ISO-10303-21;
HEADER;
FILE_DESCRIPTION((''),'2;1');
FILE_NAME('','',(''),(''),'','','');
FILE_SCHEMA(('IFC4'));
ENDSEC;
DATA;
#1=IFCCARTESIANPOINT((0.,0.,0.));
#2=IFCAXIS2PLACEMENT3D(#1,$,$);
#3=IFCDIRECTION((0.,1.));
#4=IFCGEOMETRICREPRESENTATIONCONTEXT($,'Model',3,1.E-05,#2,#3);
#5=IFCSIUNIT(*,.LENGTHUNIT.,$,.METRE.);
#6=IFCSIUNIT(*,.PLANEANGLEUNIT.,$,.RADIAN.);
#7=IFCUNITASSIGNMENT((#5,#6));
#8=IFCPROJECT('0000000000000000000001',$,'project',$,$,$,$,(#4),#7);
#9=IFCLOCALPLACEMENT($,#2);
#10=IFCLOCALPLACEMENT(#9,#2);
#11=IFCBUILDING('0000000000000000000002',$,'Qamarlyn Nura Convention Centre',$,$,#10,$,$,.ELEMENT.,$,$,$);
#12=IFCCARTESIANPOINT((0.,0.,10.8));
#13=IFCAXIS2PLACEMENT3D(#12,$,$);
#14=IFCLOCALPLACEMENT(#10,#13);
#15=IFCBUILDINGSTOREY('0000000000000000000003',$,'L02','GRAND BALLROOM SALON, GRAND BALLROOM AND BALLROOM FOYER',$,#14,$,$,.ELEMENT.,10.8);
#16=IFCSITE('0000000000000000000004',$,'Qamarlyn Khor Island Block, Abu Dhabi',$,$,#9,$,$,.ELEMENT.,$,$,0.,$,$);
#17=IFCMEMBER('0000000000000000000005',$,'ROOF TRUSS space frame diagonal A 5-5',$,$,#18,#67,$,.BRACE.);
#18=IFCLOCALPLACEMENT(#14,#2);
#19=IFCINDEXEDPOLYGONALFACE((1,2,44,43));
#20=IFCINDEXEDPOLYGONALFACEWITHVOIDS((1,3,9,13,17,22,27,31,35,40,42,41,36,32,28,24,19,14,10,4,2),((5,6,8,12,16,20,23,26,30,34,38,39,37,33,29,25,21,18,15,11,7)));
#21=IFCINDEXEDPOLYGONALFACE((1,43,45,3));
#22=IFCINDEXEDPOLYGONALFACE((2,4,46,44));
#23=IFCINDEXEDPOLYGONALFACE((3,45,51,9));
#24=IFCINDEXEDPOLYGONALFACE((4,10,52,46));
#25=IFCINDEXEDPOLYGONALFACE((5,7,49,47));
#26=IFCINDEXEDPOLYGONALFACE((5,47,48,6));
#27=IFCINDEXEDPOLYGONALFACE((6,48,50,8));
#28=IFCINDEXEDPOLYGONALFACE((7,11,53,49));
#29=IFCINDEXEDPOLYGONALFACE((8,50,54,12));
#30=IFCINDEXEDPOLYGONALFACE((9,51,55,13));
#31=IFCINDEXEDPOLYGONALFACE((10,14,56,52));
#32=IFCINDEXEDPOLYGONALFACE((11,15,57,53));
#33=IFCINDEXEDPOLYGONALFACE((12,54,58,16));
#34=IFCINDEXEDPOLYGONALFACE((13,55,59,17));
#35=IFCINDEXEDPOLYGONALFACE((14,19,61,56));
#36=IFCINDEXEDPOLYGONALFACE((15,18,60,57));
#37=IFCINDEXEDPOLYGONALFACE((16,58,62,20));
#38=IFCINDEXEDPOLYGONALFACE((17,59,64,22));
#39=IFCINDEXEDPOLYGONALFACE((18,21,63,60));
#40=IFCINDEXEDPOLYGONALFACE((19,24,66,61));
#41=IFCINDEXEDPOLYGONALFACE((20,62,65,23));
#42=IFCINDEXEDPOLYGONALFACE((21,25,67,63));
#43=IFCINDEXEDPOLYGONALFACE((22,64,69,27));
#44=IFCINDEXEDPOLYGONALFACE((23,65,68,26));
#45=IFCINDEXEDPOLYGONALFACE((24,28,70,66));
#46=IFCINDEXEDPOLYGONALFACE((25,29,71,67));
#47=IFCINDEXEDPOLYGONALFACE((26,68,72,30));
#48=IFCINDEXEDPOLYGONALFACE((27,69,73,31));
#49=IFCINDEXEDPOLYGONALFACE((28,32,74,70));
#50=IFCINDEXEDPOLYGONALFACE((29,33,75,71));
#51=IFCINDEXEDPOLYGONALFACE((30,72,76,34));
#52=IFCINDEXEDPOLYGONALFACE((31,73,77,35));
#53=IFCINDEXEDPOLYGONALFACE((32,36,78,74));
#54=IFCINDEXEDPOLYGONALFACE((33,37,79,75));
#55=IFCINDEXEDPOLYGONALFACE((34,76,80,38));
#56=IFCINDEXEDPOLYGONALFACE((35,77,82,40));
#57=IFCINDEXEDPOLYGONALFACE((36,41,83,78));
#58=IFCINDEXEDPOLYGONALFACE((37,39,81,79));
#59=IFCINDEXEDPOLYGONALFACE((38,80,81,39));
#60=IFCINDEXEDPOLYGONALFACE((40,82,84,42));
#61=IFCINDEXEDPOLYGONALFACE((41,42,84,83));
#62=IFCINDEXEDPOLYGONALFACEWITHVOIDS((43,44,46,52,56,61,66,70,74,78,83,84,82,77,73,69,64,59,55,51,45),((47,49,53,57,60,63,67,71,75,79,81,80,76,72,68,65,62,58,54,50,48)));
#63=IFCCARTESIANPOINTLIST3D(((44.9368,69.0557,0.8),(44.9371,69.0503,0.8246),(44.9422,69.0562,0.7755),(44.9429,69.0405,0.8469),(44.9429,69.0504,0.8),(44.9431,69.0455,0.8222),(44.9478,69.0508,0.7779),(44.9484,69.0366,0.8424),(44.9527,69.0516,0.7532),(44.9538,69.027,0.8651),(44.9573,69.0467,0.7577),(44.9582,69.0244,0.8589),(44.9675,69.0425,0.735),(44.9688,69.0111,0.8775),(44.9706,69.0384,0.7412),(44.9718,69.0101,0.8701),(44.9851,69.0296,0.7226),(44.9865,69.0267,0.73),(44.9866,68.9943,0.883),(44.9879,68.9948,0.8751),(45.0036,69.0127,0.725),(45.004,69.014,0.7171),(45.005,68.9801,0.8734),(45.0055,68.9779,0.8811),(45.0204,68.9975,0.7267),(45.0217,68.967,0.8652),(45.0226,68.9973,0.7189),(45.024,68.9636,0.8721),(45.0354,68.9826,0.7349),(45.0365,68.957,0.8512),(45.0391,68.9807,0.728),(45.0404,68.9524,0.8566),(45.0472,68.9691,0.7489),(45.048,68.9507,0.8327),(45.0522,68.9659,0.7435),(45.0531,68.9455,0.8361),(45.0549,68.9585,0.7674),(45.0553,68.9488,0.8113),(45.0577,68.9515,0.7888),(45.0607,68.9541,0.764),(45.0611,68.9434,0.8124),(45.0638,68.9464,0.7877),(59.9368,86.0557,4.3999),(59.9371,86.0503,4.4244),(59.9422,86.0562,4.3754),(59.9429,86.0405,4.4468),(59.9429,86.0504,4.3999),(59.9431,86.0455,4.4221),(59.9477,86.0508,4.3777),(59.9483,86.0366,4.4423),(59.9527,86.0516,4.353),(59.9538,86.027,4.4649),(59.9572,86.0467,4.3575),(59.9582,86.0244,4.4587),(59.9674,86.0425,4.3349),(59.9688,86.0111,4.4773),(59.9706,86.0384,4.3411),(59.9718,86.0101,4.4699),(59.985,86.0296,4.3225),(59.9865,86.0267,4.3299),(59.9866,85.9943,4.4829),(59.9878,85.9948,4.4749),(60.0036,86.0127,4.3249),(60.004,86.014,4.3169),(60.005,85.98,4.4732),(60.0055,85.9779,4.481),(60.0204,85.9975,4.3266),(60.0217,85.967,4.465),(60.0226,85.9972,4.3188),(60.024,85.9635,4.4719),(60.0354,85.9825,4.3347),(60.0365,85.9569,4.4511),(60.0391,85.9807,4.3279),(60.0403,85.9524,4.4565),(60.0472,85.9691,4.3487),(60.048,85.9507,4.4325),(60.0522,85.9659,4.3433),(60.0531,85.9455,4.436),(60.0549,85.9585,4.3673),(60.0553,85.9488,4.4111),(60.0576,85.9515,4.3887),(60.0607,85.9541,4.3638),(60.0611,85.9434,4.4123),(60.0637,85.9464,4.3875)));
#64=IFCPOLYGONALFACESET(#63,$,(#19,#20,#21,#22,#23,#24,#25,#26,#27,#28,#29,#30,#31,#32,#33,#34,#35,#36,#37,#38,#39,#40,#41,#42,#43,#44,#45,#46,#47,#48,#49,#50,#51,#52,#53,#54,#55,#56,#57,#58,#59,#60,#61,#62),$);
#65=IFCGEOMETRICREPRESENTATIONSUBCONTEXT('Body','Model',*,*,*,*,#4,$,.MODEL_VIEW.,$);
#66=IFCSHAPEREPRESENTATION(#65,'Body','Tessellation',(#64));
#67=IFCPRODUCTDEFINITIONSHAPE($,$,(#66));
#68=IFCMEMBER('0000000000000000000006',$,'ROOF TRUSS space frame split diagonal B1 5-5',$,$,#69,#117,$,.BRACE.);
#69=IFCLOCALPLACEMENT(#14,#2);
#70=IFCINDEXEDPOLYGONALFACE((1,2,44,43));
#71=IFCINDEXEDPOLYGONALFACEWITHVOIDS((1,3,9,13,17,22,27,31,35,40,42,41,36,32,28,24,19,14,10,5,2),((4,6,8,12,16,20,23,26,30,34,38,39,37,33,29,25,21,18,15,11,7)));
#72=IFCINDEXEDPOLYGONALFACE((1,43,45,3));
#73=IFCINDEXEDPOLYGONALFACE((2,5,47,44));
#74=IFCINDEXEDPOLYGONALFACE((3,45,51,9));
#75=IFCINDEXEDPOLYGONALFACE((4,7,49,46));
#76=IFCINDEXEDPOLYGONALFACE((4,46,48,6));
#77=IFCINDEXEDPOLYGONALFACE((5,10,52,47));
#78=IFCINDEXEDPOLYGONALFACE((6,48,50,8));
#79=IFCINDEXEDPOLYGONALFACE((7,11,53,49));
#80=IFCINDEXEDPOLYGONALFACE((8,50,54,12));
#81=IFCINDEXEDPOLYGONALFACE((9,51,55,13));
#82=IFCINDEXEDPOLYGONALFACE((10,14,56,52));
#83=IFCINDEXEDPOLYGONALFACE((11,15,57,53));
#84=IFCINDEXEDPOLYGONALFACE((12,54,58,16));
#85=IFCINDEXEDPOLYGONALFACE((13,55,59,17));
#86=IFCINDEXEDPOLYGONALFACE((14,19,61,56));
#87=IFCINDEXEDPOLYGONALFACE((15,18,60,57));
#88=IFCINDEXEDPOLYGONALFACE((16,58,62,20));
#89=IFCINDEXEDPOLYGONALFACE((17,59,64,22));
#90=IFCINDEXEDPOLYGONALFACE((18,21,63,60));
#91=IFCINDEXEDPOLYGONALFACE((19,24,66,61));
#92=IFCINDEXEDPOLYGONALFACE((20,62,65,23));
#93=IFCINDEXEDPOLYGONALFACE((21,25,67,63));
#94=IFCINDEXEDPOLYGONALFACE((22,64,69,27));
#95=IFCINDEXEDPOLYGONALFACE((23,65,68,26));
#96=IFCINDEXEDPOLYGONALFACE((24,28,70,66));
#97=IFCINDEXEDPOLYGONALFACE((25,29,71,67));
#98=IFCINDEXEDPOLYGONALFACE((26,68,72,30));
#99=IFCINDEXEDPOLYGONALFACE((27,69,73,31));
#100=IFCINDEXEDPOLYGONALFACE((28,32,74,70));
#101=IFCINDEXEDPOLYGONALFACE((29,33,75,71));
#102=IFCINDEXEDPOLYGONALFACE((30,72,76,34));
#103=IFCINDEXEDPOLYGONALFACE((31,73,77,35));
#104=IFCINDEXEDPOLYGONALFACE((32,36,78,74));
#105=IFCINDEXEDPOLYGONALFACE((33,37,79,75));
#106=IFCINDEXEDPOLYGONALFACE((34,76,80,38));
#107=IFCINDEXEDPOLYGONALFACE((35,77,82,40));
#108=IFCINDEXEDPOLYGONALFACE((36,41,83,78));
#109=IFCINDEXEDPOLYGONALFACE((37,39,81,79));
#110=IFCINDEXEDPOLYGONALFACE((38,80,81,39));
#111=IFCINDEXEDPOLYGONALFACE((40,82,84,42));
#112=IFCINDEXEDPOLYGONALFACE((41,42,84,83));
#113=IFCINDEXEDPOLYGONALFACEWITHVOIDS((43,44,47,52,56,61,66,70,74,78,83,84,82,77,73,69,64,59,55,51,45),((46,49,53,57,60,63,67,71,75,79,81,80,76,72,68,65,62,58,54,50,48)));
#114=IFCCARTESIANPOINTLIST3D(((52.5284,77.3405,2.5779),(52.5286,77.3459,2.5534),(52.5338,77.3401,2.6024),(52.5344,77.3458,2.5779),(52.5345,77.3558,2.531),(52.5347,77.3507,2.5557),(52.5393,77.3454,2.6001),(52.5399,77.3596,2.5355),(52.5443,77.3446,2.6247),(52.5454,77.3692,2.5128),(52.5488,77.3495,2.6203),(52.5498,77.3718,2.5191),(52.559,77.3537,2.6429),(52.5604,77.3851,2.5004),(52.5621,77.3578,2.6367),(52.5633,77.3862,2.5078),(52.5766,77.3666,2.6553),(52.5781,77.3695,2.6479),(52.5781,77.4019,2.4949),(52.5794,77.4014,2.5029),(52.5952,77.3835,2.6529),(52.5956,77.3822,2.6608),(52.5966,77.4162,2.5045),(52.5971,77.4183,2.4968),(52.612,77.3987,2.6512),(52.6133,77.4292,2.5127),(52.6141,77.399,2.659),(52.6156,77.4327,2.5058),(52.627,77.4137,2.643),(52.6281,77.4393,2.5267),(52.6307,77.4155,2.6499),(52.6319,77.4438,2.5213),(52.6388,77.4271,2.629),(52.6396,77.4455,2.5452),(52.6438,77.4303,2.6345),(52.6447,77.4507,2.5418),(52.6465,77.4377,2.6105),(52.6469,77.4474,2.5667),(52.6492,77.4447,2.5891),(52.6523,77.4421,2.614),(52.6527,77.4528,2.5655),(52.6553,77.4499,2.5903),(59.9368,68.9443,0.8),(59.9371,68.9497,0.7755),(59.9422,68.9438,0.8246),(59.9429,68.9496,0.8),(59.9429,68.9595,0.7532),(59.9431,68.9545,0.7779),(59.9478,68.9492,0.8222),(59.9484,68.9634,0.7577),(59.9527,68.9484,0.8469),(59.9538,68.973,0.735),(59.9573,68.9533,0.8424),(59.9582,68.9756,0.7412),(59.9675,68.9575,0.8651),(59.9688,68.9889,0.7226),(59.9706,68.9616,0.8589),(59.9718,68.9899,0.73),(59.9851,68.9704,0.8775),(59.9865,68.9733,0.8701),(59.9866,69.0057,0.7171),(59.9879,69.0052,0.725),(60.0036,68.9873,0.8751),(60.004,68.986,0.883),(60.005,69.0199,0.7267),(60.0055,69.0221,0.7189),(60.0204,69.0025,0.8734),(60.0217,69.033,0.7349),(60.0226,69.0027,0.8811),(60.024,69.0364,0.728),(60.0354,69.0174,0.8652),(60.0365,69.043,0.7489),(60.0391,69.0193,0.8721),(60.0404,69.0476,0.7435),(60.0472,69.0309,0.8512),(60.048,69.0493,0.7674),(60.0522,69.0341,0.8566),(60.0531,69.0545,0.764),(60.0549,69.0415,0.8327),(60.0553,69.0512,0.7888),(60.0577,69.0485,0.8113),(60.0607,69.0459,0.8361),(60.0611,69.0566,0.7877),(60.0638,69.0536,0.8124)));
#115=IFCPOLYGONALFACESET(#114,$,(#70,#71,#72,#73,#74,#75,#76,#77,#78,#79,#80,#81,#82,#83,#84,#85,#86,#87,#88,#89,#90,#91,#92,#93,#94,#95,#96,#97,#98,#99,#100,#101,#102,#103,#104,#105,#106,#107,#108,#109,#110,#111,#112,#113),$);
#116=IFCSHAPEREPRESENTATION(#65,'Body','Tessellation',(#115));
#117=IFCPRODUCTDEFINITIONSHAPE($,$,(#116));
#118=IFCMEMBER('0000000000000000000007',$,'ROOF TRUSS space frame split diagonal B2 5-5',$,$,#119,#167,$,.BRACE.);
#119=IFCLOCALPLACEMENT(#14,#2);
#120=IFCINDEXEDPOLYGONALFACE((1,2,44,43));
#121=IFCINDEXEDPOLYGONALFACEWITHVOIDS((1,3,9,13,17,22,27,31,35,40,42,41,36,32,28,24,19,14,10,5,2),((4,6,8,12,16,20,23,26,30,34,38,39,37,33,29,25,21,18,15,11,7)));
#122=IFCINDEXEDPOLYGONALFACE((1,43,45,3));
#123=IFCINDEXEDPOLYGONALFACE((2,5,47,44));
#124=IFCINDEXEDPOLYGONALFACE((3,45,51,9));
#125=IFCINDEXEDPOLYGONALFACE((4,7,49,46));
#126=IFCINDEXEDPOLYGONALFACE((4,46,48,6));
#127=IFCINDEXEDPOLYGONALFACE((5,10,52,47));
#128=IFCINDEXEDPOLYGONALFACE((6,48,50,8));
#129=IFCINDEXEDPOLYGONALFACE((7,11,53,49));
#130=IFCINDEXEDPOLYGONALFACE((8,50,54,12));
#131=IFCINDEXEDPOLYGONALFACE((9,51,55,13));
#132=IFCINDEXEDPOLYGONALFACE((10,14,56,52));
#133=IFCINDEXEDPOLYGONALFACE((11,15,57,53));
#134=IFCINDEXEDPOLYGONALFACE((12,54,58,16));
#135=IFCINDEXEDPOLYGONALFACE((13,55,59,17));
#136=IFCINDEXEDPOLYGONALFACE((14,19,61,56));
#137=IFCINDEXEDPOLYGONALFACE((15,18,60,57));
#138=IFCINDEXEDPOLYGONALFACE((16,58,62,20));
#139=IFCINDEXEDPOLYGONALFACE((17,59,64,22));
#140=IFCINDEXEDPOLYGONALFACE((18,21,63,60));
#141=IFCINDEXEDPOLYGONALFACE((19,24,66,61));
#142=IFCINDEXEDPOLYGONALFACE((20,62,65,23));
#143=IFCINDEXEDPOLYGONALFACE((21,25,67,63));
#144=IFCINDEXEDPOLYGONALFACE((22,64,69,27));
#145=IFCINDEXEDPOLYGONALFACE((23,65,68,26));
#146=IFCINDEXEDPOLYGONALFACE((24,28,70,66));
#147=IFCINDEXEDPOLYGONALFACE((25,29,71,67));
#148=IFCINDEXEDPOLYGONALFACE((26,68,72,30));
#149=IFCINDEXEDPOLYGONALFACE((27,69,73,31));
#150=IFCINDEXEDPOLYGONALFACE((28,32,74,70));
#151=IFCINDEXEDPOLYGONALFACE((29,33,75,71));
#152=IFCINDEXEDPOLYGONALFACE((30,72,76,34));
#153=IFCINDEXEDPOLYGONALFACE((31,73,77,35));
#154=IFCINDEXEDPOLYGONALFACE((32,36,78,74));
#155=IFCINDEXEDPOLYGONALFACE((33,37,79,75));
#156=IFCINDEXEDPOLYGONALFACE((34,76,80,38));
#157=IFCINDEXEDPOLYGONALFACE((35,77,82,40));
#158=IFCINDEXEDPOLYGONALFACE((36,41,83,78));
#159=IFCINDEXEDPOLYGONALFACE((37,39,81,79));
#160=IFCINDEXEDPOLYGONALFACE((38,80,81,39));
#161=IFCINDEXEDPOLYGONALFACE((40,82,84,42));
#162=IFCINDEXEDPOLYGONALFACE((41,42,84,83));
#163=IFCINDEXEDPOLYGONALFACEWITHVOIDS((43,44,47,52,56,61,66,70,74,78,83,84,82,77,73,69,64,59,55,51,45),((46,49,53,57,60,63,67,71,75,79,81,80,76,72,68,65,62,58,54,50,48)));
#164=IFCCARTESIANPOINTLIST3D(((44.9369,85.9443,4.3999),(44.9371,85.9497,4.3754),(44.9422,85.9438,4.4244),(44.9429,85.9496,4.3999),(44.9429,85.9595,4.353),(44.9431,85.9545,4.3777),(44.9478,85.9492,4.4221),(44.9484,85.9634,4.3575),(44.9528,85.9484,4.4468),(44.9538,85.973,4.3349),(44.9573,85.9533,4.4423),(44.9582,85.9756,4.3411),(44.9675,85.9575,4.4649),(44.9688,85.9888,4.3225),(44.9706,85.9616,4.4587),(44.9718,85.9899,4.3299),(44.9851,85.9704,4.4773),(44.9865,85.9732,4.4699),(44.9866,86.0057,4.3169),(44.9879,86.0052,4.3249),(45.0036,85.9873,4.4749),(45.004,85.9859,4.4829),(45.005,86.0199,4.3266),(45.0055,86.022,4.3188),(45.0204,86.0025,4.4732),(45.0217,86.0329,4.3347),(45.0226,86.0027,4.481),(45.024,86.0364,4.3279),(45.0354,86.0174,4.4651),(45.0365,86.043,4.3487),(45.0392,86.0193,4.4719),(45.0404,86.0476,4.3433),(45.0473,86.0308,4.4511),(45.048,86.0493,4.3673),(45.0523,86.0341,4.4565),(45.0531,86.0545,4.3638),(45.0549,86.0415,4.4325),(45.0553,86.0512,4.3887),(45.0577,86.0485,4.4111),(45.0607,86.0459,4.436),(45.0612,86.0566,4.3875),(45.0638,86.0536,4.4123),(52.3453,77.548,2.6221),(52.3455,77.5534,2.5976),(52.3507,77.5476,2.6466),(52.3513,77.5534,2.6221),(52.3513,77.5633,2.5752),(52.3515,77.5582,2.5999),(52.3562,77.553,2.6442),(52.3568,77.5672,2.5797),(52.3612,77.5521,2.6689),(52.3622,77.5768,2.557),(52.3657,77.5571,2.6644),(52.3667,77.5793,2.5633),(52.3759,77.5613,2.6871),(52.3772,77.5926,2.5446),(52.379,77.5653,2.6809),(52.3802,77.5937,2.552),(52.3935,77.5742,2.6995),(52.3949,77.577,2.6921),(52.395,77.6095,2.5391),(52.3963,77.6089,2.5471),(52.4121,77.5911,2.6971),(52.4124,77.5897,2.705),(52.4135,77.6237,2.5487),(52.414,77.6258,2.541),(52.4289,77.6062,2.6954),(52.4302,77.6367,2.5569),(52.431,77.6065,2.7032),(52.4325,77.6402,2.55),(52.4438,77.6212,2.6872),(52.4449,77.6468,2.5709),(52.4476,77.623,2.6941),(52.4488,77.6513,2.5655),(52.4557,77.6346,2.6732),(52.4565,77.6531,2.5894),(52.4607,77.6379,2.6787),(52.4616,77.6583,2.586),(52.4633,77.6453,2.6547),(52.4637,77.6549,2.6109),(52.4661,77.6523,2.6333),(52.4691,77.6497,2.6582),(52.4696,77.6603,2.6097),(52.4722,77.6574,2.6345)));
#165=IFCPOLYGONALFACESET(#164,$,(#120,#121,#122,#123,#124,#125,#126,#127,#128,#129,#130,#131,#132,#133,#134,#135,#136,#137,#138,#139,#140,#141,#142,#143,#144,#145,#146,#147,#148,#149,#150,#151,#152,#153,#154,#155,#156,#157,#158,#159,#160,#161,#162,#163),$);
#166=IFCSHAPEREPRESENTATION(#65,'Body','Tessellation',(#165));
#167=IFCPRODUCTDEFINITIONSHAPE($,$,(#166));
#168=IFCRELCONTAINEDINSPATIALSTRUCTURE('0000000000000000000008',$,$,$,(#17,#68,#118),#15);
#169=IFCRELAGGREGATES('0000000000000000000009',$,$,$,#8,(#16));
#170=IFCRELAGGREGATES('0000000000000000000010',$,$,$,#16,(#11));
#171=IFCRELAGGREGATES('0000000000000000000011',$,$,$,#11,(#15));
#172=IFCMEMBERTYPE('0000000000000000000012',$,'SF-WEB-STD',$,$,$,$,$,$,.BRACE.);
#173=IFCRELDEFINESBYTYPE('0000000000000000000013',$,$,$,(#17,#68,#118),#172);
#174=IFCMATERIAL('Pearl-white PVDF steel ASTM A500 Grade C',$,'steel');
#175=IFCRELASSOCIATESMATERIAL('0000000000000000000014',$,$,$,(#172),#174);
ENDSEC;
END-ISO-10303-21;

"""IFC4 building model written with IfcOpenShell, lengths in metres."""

from ifc_helpers import new_model, si_unit, direction, frame, origin, origin_2d, place, context, subcontext, project, spatial, hollow_circle, extrude, material, material_profile, profile_set, type_object, element, save


model = new_model("IFC4")

# Units and contexts
model_context = context("Model", 3, precision=1e-05, world=origin(), true_north=direction((0.0, 1.0)))
body_context = subcontext(model_context, "Body", "Model", "MODEL_VIEW")
ifc_project = project(units=[si_unit("LENGTHUNIT", "METRE"), si_unit("PLANEANGLEUNIT", "RADIAN")], contexts=[model_context])

# Site, building, storey
site_placement = place(None, origin())
site = spatial("IfcSite", under=ifc_project, at=site_placement, Name="Qamarlyn Khor Island Block, Abu Dhabi", CompositionType="ELEMENT", RefElevation=0.0)
building_placement = place(site_placement, origin())
building = spatial("IfcBuilding", under=site, at=building_placement, Name="Qamarlyn Nura Convention Centre", CompositionType="ELEMENT")
storey_placement = place(building_placement, frame((0.0, 0.0, 10.8)))
storey = spatial("IfcBuildingStorey", under=building, at=storey_placement, Name="L02", Description="GRAND BALLROOM SALON, GRAND BALLROOM AND BALLROOM FOYER", CompositionType="ELEMENT", Elevation=10.8)

# Members
ifc_material_1 = material(Name="Pearl-white PVDF steel ASTM A500 Grade C", Category="steel")
ifc_material_profile_1 = material_profile(ifc_material_1, hollow_circle(Radius=0.0842, WallThickness=0.0081, at=origin_2d()), Name="CHS168.3X8")
ifc_profile_set_1 = profile_set([ifc_material_profile_1], Name="Pearl-white PVDF steel ASTM A500 Grade C")
member_type_1 = type_object("IfcMemberType", Name="SF-WEB-STD", PredefinedType="BRACE", material=ifc_profile_set_1)
member_1_placement = place(storey_placement, frame((45.0, 69.0, 0.8), z_axis=(0.653436, 0.74056, 0.156818), x_axis=(-0.749838, 0.661622, 0.0)))
element("IfcMember", 1, at=member_1_placement, inside=storey, type_object=member_type_1, Name="ROOF TRUSS space frame diagonal A 5-5", PredefinedType="BRACE", context=body_context, shape_type="SweptSolid", body=[
    extrude(hollow_circle(Radius=0.0842, WallThickness=0.0081, at=origin_2d()), origin(), (0.0, 0.0, 1.0), 22.9556),
])
for number, where, z_axis, x_axis, name in (
    (2, (60.0, 69.0, 0.8), (-0.653437, 0.740562, 0.156808), (-0.749838, -0.661622, 0.0), "ROOF TRUSS space frame split diagonal B1 5-5"),
    (3, (52.4084, 77.6038, 2.6221), (-0.653437, 0.740562, 0.156808), (-0.749838, -0.661622, 0.0), "ROOF TRUSS space frame split diagonal B2 5-5"),
):
    element("IfcMember", number, at=place(storey_placement, frame(where, z_axis=z_axis, x_axis=x_axis)), inside=storey, type_object=member_type_1, Name=name, PredefinedType="BRACE", context=body_context, shape_type="SweptSolid", body=[
        extrude(hollow_circle(Radius=0.0842, WallThickness=0.0081, at=origin_2d()), origin(), (0.0, 0.0, 1.0), 11.3376),
    ])

save(model, "model.ifc")
